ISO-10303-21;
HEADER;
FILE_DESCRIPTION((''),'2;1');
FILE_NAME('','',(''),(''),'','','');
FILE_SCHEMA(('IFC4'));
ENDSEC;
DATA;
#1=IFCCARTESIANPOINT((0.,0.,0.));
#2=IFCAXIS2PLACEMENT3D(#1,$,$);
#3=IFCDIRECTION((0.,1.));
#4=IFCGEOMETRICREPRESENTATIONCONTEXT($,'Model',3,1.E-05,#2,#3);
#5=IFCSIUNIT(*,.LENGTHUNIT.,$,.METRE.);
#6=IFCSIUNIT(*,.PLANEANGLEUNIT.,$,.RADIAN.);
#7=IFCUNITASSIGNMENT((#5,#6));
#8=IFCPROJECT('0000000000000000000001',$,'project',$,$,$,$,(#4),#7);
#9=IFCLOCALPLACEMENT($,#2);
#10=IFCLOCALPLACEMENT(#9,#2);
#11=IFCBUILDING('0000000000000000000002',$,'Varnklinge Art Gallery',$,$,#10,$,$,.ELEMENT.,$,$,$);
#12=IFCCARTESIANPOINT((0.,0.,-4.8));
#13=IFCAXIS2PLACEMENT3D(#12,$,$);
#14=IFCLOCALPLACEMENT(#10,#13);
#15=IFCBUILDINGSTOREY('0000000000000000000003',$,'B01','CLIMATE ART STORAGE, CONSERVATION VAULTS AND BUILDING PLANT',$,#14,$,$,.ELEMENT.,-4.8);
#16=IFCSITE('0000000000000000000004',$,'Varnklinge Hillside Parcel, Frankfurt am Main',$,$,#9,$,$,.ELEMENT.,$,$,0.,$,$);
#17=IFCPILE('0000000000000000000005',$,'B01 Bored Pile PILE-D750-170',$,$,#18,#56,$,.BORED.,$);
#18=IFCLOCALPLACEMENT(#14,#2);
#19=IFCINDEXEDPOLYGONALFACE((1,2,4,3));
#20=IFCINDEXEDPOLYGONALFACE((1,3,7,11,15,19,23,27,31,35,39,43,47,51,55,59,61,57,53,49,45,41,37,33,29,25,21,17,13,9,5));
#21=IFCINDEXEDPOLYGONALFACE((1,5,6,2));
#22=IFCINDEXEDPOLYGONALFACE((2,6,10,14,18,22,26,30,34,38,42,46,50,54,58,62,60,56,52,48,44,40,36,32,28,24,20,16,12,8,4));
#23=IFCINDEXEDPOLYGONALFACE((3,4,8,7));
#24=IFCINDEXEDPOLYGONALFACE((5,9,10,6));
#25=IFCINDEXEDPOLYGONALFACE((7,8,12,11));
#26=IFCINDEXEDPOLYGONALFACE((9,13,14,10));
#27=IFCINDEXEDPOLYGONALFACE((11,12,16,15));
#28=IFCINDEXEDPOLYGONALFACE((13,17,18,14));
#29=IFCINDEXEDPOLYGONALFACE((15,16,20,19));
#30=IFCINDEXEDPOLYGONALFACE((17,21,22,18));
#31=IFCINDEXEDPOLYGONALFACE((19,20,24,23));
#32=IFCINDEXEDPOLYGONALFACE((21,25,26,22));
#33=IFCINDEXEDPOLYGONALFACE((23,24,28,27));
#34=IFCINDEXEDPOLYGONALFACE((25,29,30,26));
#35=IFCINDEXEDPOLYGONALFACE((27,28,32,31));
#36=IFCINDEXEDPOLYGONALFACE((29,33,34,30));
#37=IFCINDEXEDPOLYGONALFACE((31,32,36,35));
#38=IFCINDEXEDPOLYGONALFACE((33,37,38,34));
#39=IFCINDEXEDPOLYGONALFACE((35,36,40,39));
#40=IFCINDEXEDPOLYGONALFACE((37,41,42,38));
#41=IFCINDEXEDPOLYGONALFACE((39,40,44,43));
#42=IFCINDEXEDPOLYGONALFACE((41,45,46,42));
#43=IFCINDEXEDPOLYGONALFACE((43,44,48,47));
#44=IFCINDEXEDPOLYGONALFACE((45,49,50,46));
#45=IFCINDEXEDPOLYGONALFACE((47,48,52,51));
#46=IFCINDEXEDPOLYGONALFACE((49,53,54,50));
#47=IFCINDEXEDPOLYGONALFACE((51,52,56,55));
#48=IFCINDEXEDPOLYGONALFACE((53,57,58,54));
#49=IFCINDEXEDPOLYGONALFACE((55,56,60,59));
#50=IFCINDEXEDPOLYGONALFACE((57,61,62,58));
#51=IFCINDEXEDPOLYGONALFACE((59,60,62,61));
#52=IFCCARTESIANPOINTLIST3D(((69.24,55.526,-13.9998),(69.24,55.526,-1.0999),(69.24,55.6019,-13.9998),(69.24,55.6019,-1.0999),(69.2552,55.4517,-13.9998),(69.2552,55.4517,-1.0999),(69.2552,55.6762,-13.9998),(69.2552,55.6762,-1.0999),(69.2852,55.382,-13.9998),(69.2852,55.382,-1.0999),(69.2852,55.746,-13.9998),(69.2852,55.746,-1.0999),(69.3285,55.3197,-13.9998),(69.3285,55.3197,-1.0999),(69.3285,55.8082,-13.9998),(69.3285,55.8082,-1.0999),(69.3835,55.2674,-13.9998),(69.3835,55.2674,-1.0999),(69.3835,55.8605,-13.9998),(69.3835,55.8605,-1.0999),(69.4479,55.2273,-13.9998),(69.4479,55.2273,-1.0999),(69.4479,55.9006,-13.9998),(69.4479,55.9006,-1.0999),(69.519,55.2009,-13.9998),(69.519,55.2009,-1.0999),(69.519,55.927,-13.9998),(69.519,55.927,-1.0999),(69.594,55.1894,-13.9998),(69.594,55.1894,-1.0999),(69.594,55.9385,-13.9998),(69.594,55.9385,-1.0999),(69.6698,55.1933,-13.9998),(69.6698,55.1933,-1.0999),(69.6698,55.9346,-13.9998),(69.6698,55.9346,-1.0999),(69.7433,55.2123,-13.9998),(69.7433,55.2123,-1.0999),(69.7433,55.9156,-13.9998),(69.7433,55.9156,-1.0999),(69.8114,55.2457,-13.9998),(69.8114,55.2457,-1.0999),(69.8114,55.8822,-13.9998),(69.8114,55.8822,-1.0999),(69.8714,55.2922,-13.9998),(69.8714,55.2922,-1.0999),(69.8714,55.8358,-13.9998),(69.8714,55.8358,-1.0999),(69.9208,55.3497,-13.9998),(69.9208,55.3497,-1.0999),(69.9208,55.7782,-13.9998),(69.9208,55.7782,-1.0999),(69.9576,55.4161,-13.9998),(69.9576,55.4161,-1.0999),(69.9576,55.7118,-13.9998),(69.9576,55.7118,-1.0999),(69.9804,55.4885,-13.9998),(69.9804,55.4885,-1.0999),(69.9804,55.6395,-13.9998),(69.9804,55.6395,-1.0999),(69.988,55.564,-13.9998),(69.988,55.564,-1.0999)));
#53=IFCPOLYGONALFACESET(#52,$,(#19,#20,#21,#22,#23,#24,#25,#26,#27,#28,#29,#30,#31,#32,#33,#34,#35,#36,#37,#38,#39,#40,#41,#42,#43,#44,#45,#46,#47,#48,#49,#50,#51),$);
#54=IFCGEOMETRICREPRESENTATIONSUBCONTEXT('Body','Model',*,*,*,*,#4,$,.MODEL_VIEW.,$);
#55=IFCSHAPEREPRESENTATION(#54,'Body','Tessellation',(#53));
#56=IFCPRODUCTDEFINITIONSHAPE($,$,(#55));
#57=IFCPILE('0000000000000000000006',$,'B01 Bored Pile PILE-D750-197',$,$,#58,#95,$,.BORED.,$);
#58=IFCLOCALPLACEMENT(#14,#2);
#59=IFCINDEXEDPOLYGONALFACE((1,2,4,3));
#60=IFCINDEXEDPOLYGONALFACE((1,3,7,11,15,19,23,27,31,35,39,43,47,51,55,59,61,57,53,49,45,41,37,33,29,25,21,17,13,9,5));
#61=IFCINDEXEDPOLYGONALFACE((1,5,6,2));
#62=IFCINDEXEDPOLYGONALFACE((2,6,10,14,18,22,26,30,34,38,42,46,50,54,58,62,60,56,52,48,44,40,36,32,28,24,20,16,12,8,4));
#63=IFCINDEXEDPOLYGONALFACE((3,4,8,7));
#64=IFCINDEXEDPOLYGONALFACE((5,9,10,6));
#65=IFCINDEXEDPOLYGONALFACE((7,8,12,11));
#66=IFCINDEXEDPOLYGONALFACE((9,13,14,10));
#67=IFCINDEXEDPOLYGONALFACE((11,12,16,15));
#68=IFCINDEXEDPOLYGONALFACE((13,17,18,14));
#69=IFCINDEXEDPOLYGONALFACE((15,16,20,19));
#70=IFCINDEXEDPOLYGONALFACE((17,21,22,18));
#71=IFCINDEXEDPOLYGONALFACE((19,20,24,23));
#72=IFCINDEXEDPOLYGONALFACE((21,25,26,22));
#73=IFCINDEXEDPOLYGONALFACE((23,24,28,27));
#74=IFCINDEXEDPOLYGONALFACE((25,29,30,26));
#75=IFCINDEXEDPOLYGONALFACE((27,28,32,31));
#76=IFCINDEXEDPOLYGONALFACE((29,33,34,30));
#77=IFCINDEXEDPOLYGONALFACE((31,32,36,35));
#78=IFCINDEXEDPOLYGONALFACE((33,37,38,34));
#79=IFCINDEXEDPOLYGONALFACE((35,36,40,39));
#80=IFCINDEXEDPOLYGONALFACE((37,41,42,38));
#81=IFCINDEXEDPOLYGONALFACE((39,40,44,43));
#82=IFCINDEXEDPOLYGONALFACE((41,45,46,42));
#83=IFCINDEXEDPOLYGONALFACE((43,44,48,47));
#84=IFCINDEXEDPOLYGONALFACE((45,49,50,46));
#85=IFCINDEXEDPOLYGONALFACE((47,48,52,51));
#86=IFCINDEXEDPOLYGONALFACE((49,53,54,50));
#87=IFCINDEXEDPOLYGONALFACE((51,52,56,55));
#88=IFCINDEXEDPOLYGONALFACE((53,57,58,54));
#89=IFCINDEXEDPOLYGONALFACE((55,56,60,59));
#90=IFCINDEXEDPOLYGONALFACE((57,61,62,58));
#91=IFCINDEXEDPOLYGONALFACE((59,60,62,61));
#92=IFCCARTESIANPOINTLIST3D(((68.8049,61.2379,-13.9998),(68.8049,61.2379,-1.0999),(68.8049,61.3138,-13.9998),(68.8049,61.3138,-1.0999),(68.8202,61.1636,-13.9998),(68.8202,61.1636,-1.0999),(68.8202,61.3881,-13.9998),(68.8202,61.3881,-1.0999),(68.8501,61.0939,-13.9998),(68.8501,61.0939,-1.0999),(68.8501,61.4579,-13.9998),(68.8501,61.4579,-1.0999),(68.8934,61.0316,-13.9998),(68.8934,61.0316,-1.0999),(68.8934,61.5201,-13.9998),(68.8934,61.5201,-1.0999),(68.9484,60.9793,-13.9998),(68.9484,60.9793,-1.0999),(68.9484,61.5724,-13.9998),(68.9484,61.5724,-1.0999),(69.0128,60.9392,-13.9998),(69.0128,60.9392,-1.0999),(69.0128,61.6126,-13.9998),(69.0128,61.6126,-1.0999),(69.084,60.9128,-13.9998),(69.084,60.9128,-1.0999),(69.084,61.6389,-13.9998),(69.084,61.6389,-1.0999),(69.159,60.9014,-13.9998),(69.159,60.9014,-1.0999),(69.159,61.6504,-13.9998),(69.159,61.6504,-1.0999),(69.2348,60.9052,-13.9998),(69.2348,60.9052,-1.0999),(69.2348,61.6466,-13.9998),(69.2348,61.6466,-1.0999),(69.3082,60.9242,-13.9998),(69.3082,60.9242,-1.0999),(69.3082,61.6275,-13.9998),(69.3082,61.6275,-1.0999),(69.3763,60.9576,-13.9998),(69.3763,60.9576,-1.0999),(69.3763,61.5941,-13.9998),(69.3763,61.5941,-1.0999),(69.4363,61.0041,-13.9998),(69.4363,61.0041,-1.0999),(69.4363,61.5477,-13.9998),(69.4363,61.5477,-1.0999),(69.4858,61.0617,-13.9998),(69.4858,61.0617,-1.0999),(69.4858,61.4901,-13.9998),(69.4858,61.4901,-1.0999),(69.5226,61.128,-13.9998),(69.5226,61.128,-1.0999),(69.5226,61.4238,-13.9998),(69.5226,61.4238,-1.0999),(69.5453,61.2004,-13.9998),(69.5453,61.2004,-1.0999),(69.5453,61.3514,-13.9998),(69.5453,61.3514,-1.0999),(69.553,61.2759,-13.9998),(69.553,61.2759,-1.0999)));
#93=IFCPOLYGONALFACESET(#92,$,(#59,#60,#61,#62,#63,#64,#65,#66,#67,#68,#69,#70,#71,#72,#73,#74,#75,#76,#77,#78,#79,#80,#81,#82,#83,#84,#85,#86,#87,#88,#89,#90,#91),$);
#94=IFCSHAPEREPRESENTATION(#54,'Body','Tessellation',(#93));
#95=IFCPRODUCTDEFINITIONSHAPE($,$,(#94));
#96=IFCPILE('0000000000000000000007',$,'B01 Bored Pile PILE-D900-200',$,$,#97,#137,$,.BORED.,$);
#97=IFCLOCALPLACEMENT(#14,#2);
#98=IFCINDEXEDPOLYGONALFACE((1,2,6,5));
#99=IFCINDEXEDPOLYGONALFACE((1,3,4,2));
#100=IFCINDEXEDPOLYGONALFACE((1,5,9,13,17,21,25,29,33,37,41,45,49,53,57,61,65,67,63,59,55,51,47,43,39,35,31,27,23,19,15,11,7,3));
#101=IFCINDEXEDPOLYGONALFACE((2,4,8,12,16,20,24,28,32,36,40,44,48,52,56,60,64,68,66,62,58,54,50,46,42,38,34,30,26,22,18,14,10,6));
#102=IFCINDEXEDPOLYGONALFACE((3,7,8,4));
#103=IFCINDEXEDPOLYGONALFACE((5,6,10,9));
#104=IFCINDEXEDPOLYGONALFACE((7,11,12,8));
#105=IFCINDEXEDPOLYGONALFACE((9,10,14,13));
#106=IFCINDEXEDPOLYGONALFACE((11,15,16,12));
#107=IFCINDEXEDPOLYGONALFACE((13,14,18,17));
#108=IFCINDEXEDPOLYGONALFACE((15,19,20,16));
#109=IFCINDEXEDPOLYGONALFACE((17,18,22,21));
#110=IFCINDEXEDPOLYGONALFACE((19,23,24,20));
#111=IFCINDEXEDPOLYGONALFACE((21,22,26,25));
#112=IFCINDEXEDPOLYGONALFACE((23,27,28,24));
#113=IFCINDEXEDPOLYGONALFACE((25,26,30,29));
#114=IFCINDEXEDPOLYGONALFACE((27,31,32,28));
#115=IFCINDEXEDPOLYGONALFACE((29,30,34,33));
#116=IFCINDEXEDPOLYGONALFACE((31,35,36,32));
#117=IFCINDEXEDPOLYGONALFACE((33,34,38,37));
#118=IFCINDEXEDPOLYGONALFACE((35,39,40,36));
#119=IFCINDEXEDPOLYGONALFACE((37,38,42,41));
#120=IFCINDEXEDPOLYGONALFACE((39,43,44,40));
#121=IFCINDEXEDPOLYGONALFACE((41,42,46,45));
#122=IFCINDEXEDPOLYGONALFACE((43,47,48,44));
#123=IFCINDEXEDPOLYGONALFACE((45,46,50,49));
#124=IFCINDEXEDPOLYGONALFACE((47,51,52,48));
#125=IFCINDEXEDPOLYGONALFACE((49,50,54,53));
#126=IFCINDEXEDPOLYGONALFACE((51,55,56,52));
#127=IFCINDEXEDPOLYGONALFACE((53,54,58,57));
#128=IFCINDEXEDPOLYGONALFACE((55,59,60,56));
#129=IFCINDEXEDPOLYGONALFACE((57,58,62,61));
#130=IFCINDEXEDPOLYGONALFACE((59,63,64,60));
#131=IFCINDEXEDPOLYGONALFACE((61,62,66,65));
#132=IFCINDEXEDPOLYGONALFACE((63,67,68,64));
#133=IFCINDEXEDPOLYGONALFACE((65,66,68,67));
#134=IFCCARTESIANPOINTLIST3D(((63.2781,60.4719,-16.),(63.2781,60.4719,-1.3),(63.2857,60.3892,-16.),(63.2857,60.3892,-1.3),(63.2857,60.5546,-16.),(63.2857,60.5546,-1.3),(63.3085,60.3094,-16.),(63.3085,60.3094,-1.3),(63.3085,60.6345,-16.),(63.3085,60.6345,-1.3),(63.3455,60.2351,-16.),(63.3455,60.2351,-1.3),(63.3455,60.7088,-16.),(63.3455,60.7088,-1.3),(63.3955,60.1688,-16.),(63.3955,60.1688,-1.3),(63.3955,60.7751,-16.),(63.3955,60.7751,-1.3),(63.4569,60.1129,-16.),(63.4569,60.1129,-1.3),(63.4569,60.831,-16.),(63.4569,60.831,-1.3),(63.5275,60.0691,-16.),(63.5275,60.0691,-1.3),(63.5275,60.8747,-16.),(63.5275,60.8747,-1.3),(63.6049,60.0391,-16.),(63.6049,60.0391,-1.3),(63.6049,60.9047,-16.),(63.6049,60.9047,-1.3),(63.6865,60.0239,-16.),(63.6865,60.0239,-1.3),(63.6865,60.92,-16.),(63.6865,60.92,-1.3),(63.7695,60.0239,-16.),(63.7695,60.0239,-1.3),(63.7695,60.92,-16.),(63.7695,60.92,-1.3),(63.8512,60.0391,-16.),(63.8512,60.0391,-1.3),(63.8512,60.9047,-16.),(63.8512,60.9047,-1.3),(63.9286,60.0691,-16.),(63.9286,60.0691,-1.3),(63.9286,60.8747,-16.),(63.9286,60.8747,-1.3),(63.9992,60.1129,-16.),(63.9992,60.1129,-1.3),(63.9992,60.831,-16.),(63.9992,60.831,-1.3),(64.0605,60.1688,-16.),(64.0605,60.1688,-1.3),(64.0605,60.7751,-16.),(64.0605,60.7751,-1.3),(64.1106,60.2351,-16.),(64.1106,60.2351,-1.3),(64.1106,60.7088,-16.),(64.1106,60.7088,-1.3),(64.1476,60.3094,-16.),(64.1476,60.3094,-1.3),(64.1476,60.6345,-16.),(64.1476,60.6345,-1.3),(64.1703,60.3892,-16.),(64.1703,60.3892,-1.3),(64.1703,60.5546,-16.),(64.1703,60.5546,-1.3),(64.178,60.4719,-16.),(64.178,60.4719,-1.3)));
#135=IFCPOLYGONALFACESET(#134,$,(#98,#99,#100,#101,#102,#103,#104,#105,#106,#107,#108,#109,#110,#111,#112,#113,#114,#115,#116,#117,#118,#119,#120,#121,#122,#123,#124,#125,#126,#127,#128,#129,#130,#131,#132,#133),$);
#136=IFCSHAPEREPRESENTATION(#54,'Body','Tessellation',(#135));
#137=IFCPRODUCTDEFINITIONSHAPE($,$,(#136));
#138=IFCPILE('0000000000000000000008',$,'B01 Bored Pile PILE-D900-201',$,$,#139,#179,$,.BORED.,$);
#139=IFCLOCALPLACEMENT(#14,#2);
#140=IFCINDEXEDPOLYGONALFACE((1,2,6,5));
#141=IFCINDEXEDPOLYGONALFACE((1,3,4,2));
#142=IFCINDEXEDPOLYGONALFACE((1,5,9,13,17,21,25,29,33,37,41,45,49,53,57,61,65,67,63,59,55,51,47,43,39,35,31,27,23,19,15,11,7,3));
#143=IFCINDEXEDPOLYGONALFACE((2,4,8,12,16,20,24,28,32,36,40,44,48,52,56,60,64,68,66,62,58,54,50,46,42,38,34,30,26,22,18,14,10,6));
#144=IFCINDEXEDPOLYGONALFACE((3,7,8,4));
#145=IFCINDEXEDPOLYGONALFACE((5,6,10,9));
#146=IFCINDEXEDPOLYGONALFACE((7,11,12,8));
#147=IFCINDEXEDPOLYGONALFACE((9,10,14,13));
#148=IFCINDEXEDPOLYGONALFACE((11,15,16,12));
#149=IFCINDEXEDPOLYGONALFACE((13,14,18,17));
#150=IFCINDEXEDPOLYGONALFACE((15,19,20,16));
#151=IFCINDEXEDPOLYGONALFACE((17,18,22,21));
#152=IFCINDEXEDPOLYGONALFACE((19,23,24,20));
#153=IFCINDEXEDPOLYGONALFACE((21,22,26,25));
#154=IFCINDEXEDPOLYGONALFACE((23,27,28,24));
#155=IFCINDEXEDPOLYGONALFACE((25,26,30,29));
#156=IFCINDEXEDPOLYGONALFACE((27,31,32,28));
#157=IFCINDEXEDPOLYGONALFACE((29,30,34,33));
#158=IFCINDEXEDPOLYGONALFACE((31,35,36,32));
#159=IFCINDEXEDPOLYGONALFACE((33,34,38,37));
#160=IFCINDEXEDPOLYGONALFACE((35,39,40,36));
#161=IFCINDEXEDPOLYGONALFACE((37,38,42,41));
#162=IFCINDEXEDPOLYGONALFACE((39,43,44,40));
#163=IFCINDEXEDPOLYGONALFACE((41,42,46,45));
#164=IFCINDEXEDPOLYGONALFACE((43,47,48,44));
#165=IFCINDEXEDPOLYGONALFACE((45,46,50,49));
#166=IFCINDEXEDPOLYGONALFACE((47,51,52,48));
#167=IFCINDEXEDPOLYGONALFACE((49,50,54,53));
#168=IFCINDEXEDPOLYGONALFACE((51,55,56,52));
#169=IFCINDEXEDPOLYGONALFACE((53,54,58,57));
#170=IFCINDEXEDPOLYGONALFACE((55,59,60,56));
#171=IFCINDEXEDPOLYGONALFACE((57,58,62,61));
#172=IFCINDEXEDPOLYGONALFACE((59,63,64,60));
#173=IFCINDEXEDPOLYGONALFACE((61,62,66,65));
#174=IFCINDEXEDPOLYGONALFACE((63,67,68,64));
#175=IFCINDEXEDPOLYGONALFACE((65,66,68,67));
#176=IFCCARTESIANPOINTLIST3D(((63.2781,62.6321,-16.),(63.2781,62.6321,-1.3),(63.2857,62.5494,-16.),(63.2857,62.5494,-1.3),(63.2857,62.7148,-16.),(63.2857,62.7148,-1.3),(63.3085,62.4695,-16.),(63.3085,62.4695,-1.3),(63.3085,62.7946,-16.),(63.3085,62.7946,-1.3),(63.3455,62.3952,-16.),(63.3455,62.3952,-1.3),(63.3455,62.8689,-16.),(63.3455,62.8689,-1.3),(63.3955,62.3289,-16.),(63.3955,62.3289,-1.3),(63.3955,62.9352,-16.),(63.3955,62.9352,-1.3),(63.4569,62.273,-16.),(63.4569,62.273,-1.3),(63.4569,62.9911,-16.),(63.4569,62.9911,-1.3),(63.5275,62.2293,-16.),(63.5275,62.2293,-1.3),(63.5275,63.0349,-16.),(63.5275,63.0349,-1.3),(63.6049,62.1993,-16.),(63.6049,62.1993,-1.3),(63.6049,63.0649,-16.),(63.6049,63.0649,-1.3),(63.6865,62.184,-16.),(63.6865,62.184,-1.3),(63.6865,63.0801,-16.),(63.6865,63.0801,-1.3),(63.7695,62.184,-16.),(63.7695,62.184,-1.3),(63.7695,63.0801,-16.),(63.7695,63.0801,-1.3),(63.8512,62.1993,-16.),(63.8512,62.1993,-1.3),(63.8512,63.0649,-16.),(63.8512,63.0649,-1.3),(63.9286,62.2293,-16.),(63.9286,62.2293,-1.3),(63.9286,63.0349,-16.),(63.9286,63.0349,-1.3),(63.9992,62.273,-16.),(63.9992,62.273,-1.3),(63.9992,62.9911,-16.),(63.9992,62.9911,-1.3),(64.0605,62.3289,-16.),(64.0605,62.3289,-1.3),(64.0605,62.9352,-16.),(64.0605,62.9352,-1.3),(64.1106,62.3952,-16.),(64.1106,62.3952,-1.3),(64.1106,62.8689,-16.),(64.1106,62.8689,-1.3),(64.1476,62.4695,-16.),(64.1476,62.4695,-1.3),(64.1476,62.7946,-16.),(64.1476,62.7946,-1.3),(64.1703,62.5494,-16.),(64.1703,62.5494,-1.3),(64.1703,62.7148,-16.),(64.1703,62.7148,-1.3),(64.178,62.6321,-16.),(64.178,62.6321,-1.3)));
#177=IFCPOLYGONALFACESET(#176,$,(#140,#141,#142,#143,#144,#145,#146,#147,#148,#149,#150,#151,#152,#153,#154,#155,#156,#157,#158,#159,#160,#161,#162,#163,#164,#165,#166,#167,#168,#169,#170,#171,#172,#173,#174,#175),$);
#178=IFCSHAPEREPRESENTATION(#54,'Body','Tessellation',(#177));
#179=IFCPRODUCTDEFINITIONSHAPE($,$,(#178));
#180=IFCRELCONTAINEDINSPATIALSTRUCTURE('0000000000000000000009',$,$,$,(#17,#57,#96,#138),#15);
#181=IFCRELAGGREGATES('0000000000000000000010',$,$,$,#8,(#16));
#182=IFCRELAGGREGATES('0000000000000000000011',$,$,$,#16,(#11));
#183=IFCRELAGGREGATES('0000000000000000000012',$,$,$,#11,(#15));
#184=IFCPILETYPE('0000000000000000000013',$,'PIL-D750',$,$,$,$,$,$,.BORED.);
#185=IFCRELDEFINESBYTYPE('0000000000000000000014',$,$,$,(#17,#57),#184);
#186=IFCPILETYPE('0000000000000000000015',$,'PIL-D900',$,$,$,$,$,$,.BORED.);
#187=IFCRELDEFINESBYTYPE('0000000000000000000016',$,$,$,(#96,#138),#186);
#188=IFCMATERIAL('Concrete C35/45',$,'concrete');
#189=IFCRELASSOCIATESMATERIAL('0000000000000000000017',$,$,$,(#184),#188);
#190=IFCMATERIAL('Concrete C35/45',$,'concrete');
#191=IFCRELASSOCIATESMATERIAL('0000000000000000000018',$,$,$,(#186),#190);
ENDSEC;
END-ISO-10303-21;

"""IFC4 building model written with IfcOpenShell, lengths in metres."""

from ifc_helpers import new_model, si_unit, direction, frame, origin, origin_2d, place, context, subcontext, project, spatial, circle, extrude, material, material_profile, profile_set, type_object, element, save


model = new_model("IFC4")

# Units and contexts
model_context = context("Model", 3, precision=1e-05, world=origin(), true_north=direction((0.0, 1.0)))
body_context = subcontext(model_context, "Body", "Model", "MODEL_VIEW")
ifc_project = project(units=[si_unit("LENGTHUNIT", "METRE"), si_unit("PLANEANGLEUNIT", "RADIAN")], contexts=[model_context])

# Site, building, storey
site_placement = place(None, origin())
site = spatial("IfcSite", under=ifc_project, at=site_placement, Name="Varnklinge Hillside Parcel, Frankfurt am Main", CompositionType="ELEMENT", RefElevation=0.0)
building_placement = place(site_placement, origin())
building = spatial("IfcBuilding", under=site, at=building_placement, Name="Varnklinge Art Gallery", CompositionType="ELEMENT")
storey_placement = place(building_placement, frame((0.0, 0.0, -4.8)))
storey = spatial("IfcBuildingStorey", under=building, at=storey_placement, Name="B01", Description="CLIMATE ART STORAGE, CONSERVATION VAULTS AND BUILDING PLANT", CompositionType="ELEMENT", Elevation=-4.8)

# Piles
ifc_material_1 = material(Name="Concrete C35/45", Category="concrete")
ifc_material_profile_1 = material_profile(ifc_material_1, circle(Radius=0.375, at=origin_2d()), Name="PILE D750")
ifc_profile_set_1 = profile_set([ifc_material_profile_1], Name="Concrete C35/45")
pile_type_1 = type_object("IfcPileType", Name="PIL-D750", PredefinedType="BORED", material=ifc_profile_set_1)
for number, where, z_axis, x_axis, name in (
    (1, (69.613, 55.564, -1.0999), (0.0, 0.0, -1.0), (1.0, 0.0, 0.0), "B01 Bored Pile PILE-D750-170"),
    (2, (69.178, 61.2759, -1.0999), (0.0, 0.0, -1.0), (1.0, 0.0, 0.0), "B01 Bored Pile PILE-D750-197"),
):
    element("IfcPile", number, at=place(storey_placement, frame(where, z_axis=z_axis, x_axis=x_axis)), inside=storey, type_object=pile_type_1, Name=name, PredefinedType="BORED", context=body_context, shape_type="SweptSolid", body=[
        extrude(circle(Radius=0.375, at=origin_2d()), origin(), (0.0, 0.0, 1.0), 12.8999),
    ])
ifc_material_2 = material(Name="Concrete C35/45", Category="concrete")
ifc_material_profile_2 = material_profile(ifc_material_2, circle(Radius=0.45, at=origin_2d()), Name="PILE D900")
ifc_profile_set_2 = profile_set([ifc_material_profile_2], Name="Concrete C35/45")
pile_type_2 = type_object("IfcPileType", Name="PIL-D900", PredefinedType="BORED", material=ifc_profile_set_2)
for number, where, z_axis, x_axis, name in (
    (3, (63.728, 60.4719, -1.3), (0.0, 0.0, -1.0), (1.0, 0.0, 0.0), "B01 Bored Pile PILE-D900-200"),
    (4, (63.728, 62.6321, -1.3), (0.0, 0.0, -1.0), (1.0, 0.0, 0.0), "B01 Bored Pile PILE-D900-201"),
):
    element("IfcPile", number, at=place(storey_placement, frame(where, z_axis=z_axis, x_axis=x_axis)), inside=storey, type_object=pile_type_2, Name=name, PredefinedType="BORED", context=body_context, shape_type="SweptSolid", body=[
        extrude(circle(Radius=0.45, at=origin_2d()), origin(), (0.0, 0.0, 1.0), 14.7),
    ])

save(model, "model.ifc")
